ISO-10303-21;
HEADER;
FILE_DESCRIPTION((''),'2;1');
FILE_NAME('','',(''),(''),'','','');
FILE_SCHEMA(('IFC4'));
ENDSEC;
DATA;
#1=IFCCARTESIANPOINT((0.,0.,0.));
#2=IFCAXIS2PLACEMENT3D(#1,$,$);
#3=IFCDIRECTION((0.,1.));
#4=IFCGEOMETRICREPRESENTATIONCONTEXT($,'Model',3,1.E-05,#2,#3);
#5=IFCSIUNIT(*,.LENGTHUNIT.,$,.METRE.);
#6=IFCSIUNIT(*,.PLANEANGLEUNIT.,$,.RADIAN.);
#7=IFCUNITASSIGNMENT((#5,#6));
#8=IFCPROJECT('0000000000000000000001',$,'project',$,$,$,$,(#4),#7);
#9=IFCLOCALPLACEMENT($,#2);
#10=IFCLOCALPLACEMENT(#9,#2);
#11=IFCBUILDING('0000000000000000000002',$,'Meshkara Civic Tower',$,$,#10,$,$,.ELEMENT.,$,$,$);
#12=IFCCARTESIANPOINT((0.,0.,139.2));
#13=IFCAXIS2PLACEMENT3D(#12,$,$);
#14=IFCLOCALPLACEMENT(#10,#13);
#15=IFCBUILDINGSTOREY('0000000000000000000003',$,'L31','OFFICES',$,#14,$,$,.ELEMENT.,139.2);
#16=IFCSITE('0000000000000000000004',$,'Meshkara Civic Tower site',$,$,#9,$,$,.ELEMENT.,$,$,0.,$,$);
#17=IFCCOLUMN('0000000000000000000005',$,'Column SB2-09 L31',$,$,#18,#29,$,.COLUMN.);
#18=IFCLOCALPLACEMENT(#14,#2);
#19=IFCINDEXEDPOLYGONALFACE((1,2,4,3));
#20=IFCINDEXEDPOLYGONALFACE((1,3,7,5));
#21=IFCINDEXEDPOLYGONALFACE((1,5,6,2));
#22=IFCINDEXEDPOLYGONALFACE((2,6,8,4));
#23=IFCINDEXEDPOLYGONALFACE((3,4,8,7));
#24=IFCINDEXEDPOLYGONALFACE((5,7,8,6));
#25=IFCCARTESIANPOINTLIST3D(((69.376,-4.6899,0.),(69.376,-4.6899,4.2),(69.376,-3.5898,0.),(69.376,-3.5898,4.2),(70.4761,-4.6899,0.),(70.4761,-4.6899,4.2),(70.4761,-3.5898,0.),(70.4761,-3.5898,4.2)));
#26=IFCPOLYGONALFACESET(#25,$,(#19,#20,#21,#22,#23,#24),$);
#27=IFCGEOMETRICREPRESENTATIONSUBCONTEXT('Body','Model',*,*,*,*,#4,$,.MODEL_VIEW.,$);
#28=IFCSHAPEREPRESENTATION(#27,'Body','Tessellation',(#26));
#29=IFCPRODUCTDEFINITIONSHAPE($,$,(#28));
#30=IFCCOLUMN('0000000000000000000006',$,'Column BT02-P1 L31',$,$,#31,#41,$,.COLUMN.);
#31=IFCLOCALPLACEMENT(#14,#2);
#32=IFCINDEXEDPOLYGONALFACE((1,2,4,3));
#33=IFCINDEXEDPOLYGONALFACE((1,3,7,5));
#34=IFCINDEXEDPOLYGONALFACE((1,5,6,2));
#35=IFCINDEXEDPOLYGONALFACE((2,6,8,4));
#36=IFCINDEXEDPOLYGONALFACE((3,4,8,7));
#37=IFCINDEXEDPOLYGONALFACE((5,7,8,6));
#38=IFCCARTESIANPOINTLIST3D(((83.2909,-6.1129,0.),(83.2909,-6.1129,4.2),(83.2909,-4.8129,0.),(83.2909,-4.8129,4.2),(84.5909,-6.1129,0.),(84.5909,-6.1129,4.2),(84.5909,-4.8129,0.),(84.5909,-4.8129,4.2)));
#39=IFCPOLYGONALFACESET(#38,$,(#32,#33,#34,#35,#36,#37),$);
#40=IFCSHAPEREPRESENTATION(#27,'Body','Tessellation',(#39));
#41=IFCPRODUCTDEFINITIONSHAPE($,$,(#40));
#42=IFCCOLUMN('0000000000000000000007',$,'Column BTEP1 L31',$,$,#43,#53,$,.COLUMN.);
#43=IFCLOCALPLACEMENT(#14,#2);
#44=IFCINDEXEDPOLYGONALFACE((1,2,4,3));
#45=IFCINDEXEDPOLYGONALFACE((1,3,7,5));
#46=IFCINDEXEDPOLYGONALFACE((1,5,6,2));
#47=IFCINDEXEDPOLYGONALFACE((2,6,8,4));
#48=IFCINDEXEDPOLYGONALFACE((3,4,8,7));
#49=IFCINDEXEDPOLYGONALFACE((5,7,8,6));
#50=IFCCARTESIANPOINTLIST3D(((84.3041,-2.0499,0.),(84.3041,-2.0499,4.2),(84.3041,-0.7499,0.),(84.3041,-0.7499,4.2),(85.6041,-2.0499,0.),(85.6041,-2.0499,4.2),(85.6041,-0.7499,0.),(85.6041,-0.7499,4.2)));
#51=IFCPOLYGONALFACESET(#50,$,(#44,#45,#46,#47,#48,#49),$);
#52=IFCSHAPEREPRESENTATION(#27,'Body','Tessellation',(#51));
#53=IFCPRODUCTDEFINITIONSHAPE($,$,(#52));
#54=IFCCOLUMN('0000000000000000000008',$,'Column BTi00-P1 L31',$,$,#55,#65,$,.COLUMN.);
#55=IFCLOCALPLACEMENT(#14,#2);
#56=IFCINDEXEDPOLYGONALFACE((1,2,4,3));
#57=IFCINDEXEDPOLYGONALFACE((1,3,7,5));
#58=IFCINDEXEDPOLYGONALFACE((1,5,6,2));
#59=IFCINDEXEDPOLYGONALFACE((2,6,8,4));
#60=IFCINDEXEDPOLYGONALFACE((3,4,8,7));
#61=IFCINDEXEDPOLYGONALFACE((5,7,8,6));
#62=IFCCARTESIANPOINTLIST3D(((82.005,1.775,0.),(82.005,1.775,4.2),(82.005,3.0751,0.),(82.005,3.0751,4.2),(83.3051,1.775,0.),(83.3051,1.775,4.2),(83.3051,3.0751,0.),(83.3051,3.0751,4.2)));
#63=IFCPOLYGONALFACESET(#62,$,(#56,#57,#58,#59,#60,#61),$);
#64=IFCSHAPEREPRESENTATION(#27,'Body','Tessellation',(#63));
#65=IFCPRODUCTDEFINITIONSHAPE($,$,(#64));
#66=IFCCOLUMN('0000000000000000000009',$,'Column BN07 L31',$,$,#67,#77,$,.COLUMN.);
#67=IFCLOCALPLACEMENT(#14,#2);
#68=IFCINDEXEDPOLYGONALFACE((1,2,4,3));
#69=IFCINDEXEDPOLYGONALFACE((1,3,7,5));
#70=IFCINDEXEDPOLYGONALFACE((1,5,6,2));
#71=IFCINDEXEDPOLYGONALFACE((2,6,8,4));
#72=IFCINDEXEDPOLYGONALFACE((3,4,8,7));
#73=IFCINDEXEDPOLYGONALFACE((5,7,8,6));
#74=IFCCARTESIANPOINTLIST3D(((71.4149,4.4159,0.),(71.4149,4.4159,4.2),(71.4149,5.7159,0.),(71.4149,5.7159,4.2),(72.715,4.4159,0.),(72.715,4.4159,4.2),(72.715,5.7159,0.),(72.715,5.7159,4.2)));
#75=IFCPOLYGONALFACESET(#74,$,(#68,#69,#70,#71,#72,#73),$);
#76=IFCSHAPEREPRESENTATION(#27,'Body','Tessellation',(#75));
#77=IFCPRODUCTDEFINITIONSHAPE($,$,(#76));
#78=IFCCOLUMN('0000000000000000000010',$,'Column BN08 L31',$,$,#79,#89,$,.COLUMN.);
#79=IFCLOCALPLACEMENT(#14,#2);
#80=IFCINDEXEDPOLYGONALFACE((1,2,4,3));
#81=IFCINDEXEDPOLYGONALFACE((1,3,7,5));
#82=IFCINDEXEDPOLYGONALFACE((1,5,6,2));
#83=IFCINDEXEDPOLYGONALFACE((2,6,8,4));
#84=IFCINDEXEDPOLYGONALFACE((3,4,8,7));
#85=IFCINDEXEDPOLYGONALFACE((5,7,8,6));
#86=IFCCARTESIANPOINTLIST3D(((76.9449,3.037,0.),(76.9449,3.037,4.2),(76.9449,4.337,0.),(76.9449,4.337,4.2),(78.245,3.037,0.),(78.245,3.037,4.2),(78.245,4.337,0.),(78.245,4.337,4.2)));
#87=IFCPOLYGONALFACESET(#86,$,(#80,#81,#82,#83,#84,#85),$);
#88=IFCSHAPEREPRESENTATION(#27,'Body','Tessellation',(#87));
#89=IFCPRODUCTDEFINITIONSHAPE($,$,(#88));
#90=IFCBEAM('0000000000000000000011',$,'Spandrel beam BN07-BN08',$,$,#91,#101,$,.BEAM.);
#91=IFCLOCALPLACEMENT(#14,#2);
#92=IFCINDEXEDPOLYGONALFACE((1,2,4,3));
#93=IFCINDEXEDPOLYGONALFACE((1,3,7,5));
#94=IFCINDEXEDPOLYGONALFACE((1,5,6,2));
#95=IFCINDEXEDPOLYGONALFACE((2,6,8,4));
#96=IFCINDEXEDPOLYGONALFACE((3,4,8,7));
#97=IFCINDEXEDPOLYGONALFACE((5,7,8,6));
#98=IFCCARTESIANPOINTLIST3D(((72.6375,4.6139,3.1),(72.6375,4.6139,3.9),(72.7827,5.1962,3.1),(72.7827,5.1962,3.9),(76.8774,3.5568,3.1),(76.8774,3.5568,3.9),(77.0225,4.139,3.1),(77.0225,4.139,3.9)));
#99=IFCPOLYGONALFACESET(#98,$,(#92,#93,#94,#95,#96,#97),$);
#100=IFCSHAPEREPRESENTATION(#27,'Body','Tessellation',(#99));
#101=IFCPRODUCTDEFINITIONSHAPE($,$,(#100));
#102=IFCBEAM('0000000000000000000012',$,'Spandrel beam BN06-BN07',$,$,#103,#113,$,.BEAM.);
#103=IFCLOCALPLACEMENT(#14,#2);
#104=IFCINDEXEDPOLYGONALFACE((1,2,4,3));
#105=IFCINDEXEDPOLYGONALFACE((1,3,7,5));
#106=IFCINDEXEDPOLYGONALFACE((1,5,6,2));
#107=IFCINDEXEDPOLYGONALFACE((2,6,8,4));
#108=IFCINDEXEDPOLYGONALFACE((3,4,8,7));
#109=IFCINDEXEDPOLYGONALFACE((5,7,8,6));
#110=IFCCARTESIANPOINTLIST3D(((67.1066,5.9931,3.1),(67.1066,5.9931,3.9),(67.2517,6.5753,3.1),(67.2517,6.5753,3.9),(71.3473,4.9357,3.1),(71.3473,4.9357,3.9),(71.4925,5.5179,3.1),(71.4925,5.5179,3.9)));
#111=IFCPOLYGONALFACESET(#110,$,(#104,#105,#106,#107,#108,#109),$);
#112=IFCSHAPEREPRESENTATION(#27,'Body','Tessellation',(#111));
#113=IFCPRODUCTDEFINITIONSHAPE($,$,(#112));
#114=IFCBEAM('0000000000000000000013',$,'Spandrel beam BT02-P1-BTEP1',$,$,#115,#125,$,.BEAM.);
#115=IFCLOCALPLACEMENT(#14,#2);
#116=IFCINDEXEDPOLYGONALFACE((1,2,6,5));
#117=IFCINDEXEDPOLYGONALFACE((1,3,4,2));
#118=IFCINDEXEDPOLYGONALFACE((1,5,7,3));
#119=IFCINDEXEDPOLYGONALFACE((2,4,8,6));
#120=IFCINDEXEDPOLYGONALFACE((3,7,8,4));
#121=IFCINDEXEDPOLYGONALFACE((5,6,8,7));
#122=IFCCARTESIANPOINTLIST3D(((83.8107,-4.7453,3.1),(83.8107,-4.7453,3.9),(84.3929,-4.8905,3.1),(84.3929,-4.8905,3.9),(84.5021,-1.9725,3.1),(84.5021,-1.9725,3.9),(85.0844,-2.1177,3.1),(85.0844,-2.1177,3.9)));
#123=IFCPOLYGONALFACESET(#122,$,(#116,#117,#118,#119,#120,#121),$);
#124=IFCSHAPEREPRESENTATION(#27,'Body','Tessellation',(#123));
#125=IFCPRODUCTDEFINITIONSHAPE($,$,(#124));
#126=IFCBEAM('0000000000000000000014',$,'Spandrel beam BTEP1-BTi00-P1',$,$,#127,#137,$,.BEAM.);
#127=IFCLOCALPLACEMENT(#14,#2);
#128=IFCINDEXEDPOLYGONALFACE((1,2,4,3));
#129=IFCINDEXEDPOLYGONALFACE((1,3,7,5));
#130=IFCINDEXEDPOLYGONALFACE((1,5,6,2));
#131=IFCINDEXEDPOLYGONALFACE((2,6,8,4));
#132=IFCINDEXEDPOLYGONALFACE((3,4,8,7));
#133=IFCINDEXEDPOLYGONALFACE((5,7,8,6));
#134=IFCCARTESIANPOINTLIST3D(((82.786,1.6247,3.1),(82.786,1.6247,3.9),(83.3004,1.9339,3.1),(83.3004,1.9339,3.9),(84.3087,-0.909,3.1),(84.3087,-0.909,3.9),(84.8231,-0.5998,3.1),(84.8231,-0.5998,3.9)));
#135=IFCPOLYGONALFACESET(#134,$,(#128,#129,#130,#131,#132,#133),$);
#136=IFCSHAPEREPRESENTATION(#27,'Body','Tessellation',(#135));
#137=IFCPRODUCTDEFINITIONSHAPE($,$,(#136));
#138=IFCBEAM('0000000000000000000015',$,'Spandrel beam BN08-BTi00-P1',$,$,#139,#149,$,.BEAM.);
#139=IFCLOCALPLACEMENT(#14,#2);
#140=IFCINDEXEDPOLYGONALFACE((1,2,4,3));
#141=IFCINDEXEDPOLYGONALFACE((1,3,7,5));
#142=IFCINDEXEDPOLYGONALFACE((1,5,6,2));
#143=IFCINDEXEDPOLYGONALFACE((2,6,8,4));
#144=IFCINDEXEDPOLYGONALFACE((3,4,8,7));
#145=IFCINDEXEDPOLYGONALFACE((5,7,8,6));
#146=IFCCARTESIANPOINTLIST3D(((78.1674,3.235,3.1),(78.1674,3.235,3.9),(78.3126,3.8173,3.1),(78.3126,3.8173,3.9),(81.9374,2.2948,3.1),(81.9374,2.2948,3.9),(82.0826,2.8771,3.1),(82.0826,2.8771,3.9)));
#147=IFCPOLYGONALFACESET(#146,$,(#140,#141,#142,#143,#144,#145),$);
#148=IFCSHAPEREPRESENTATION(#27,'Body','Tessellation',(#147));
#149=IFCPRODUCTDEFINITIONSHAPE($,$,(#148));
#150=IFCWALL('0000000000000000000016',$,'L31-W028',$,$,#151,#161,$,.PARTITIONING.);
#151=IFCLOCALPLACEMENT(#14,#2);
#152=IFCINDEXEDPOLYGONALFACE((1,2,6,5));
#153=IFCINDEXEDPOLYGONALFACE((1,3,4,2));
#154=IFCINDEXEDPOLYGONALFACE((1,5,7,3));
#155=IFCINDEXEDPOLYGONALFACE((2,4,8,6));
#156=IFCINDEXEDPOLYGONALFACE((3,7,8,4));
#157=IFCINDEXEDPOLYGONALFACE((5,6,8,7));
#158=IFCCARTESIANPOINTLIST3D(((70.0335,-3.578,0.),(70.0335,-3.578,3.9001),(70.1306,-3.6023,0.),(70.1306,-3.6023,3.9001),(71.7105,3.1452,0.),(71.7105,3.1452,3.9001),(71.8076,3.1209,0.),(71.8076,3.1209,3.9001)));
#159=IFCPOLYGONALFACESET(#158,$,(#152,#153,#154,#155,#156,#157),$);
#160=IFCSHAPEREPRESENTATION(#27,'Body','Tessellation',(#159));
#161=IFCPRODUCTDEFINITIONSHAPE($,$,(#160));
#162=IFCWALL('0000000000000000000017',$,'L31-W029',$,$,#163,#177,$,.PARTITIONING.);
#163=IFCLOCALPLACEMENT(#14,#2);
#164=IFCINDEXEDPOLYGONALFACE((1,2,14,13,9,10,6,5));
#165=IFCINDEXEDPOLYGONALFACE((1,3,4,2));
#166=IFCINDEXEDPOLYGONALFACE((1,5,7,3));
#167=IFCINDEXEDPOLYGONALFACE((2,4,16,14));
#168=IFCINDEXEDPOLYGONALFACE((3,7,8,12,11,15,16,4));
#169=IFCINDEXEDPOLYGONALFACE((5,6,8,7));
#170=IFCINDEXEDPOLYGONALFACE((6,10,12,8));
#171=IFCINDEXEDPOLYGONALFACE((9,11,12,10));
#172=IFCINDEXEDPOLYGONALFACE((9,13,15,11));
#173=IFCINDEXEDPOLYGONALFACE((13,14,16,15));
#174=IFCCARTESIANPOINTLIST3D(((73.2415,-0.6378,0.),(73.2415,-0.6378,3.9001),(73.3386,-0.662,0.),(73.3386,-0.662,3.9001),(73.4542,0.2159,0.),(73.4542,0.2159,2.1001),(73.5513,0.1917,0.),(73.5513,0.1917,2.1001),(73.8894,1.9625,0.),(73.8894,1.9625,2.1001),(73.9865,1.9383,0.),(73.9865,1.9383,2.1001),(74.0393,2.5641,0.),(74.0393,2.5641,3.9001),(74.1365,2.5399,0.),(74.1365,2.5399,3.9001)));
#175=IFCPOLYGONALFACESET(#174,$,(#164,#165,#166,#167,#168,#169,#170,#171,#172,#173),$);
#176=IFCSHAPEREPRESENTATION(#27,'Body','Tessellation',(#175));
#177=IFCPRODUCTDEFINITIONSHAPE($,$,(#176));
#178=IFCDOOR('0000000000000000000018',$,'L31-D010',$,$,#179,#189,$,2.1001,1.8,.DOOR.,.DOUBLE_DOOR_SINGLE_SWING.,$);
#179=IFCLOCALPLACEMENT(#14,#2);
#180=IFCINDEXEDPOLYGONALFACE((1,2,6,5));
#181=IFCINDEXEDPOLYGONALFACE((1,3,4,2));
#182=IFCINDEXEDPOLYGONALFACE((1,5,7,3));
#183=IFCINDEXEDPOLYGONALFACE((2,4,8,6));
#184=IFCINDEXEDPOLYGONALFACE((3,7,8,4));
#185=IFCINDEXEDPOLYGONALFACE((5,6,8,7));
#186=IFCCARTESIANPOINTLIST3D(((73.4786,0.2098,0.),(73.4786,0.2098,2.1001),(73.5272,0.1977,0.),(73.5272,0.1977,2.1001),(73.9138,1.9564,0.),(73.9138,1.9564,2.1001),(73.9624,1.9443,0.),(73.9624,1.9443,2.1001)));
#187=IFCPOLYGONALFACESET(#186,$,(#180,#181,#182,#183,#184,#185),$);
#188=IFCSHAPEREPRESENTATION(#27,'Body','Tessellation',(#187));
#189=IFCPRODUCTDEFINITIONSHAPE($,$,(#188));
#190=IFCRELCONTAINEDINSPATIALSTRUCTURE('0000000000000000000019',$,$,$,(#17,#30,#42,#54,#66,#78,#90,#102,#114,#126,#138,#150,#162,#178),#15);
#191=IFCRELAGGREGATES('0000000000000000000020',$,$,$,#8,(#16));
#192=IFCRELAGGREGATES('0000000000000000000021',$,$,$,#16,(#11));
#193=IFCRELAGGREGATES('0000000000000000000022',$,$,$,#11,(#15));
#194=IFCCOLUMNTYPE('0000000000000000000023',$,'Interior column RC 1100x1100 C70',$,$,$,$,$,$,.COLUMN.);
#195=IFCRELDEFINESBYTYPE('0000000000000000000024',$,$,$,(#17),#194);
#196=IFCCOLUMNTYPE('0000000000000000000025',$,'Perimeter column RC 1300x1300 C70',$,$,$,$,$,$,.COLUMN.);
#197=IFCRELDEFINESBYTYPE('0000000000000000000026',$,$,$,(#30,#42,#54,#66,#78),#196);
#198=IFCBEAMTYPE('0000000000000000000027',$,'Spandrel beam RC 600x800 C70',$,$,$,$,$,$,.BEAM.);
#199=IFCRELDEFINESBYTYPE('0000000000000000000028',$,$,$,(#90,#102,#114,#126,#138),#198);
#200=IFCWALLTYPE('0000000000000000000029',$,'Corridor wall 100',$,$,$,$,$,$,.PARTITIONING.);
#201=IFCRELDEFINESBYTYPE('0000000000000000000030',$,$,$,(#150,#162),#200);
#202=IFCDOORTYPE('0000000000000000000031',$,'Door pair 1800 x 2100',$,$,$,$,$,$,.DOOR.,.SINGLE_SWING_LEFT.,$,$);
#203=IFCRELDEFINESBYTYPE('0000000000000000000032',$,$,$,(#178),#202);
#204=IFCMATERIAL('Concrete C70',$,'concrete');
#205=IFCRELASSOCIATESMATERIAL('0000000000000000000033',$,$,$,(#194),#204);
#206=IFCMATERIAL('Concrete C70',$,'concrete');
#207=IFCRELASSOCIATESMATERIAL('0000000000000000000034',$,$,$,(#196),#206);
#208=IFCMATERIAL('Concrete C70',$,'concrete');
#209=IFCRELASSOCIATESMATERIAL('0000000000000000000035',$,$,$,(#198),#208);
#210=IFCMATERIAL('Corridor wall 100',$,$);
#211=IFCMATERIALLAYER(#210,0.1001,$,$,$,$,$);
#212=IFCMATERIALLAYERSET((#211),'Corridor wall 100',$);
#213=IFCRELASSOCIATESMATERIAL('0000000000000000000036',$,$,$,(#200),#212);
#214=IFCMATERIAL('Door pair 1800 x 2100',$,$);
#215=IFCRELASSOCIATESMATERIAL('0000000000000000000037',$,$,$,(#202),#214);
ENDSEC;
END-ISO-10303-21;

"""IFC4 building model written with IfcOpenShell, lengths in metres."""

from ifc_helpers import new_model, si_unit, direction, frame, frame_2d, origin, origin_2d, place, context, subcontext, project, spatial, rectangle, extrude, material, layer, layer_set, material_profile, profile_set, type_object, element, fill, save


model = new_model("IFC4")

# Units and contexts
model_context = context("Model", 3, precision=1e-05, world=origin(), true_north=direction((0.0, 1.0)))
body_context = subcontext(model_context, "Body", "Model", "MODEL_VIEW")
ifc_project = project(units=[si_unit("LENGTHUNIT", "METRE"), si_unit("PLANEANGLEUNIT", "RADIAN")], contexts=[model_context])

# Site, building, storey
site_placement = place(None, origin())
site = spatial("IfcSite", under=ifc_project, at=site_placement, Name="Meshkara Civic Tower site", CompositionType="ELEMENT", RefElevation=0.0)
building_placement = place(site_placement, origin())
building = spatial("IfcBuilding", under=site, at=building_placement, Name="Meshkara Civic Tower", CompositionType="ELEMENT")
storey_placement = place(building_placement, frame((0.0, 0.0, 139.2)))
storey = spatial("IfcBuildingStorey", under=building, at=storey_placement, Name="L31", Description="OFFICES", CompositionType="ELEMENT", Elevation=139.2)

# Columns
ifc_material_1 = material(Name="Concrete C70", Category="concrete")
ifc_material_profile_1 = material_profile(ifc_material_1, rectangle(XDim=1.1001, YDim=1.1001, at=origin_2d()))
ifc_profile_set_1 = profile_set([ifc_material_profile_1], Name="Concrete C70")
column_type_1 = type_object("IfcColumnType", Name="Interior column RC 1100x1100 C70", PredefinedType="COLUMN", material=ifc_profile_set_1)
column_placement = place(storey_placement, frame((69.926, -4.1399, 0.0), z_axis=(0.0, 0.0, 1.0), x_axis=(1.0, 0.0, 0.0)))
element("IfcColumn", 1, at=column_placement, inside=storey, type_object=column_type_1, Name="Column SB2-09 L31", PredefinedType="COLUMN", context=body_context, shape_type="SweptSolid", body=[
    extrude(rectangle(XDim=1.1001, YDim=1.1001, at=origin_2d()), origin(), (0.0, 0.0, 1.0), 4.2),
])
ifc_material_2 = material(Name="Concrete C70", Category="concrete")
ifc_material_profile_2 = material_profile(ifc_material_2, rectangle(XDim=1.3, YDim=1.3, at=origin_2d()))
ifc_profile_set_2 = profile_set([ifc_material_profile_2], Name="Concrete C70")
column_type_2 = type_object("IfcColumnType", Name="Perimeter column RC 1300x1300 C70", PredefinedType="COLUMN", material=ifc_profile_set_2)
for number, where, z_axis, x_axis, name in (
    (2, (83.9409, -5.4629, 0.0), (0.0, 0.0, 1.0), (1.0, 0.0, 0.0), "Column BT02-P1 L31"),
    (3, (84.9541, -1.3999, 0.0), (0.0, 0.0, 1.0), (1.0, 0.0, 0.0), "Column BTEP1 L31"),
    (4, (82.655, 2.425, 0.0), (0.0, 0.0, 1.0), (1.0, 0.0, 0.0), "Column BTi00-P1 L31"),
    (5, (72.0649, 5.0659, 0.0), (0.0, 0.0, 1.0), (1.0, 0.0, 0.0), "Column BN07 L31"),
    (6, (77.595, 3.687, 0.0), (0.0, 0.0, 1.0), (1.0, 0.0, 0.0), "Column BN08 L31"),
):
    element("IfcColumn", number, at=place(storey_placement, frame(where, z_axis=z_axis, x_axis=x_axis)), inside=storey, type_object=column_type_2, Name=name, PredefinedType="COLUMN", context=body_context, shape_type="SweptSolid", body=[
        extrude(rectangle(XDim=1.3, YDim=1.3, at=origin_2d()), origin(), (0.0, 0.0, 1.0), 4.2),
    ])

# Beams
ifc_material_3 = material(Name="Concrete C70", Category="concrete")
ifc_material_profile_3 = material_profile(ifc_material_3, rectangle(XDim=0.6001, YDim=0.8, at=origin_2d()))
ifc_profile_set_3 = profile_set([ifc_material_profile_3], Name="Concrete C70")
beam_type = type_object("IfcBeamType", Name="Spandrel beam RC 600x800 C70", PredefinedType="BEAM", material=ifc_profile_set_3)
beam_1_placement = place(storey_placement, frame((76.95, 3.8479, 3.5), z_axis=(-0.970293, 0.241931, 0.0), x_axis=(-0.241931, -0.970293, 0.0)))
element("IfcBeam", 7, at=beam_1_placement, inside=storey, type_object=beam_type, Name="Spandrel beam BN07-BN08", PredefinedType="BEAM", context=body_context, shape_type="SweptSolid", body=[
    extrude(rectangle(XDim=0.6001, YDim=0.8, at=origin_2d()), origin(), (0.0, 0.0, 1.0), 4.3696),
])
beam_2_placement = place(storey_placement, frame((71.4199, 5.2268, 3.5), z_axis=(-0.970293, 0.241931, 0.0), x_axis=(-0.241931, -0.970293, 0.0)))
element("IfcBeam", 8, at=beam_2_placement, inside=storey, type_object=beam_type, Name="Spandrel beam BN06-BN07", PredefinedType="BEAM", context=body_context, shape_type="SweptSolid", body=[
    extrude(rectangle(XDim=0.6001, YDim=0.8, at=origin_2d()), origin(), (0.0, 0.0, 1.0), 4.3706),
])
beam_3_placement = place(storey_placement, frame((84.1018, -4.8179, 3.5), z_axis=(0.241953, 0.970288, 0.0), x_axis=(-0.970288, 0.241953, 0.0)))
element("IfcBeam", 9, at=beam_3_placement, inside=storey, type_object=beam_type, Name="Spandrel beam BT02-P1-BTEP1", PredefinedType="BEAM", context=body_context, shape_type="SweptSolid", body=[
    extrude(rectangle(XDim=0.6001, YDim=0.8, at=origin_2d()), origin(), (0.0, 0.0, 1.0), 2.8577),
])
beam_4_placement = place(storey_placement, frame((84.5659, -0.7544, 3.5), z_axis=(-0.515115, 0.857121, 0.0), x_axis=(-0.857121, -0.515115, 0.0)))
element("IfcBeam", 10, at=beam_4_placement, inside=storey, type_object=beam_type, Name="Spandrel beam BTEP1-BTi00-P1", PredefinedType="BEAM", context=body_context, shape_type="SweptSolid", body=[
    extrude(rectangle(XDim=0.6001, YDim=0.8, at=origin_2d()), origin(), (0.0, 0.0, 1.0), 2.9561),
])
beam_5_placement = place(storey_placement, frame((82.01, 2.5859, 3.5), z_axis=(-0.970283, 0.241974, 0.0), x_axis=(-0.241974, -0.970283, 0.0)))
element("IfcBeam", 11, at=beam_5_placement, inside=storey, type_object=beam_type, Name="Spandrel beam BN08-BTi00-P1", PredefinedType="BEAM", context=body_context, shape_type="SweptSolid", body=[
    extrude(rectangle(XDim=0.6001, YDim=0.8, at=origin_2d()), origin(), (0.0, 0.0, 1.0), 3.8855),
])

# Wall
ifc_material_4 = material(Name="Corridor wall 100")
ifc_layer_1 = layer(ifc_material_4, 0.1001)
ifc_layer_set_1 = layer_set([ifc_layer_1], Name="Corridor wall 100")
wall_type_1 = type_object("IfcWallType", Name="Corridor wall 100", PredefinedType="PARTITIONING", material=ifc_layer_set_1)
wall_1_placement = place(storey_placement, frame((71.759, 3.1331, 0.0), z_axis=(0.0, 0.0, 1.0), x_axis=(-0.242022, -0.970271, 0.0)))
element("IfcWall", 12, at=wall_1_placement, inside=storey, type_object=wall_type_1, Name="L31-W028", PredefinedType="PARTITIONING", context=body_context, shape_type="SweptSolid", body=[
    extrude(rectangle(XDim=6.9292, YDim=0.1001, at=frame_2d((3.4646, 0.0))), origin(), (0.0, 0.0, 1.0), 3.9001),
])

# Wall, opening, door
wall_2_placement = place(storey_placement, frame((73.29, -0.6499, 0.0), z_axis=(0.0, 0.0, 1.0), x_axis=(0.241787, 0.970329, 0.0)))
wall_2 = element("IfcWall", 13, at=wall_2_placement, inside=storey, type_object=wall_type_1, Name="L31-W029", PredefinedType="PARTITIONING", context=body_context, shape_type="SweptSolid", body=[
    extrude(rectangle(XDim=3.2998, YDim=0.1001, at=frame_2d((1.6499, 0.0))), origin(), (0.0, 0.0, 1.0), 3.9001),
])
opening_1_placement = place(wall_2_placement, frame((0.8799, 0.0, 0.0)))
opening_1 = element("IfcOpeningElement", 14, at=opening_1_placement, cuts=wall_2, PredefinedType="OPENING", context=body_context, shape_type="SweptSolid", body=[
    extrude(rectangle(XDim=1.8, YDim=2.1001, at=frame_2d((0.8999, 1.05))), frame((0.0, 0.0601, 0.0), z_axis=(0.0, -1.0, 0.0), x_axis=(1.0, 0.0, 0.0)), (0.0, 0.0, 1.0), 0.1201),
])
ifc_material_5 = material(Name="Door pair 1800 x 2100")
door_type = type_object("IfcDoorType", Name="Door pair 1800 x 2100", OperationType="SINGLE_SWING_LEFT", PredefinedType="DOOR", material=ifc_material_5)
door_placement = place(opening_1_placement, origin())
door = element("IfcDoor", 15, at=door_placement, inside=storey, type_object=door_type, Name="L31-D010", OperationType="DOUBLE_DOOR_SINGLE_SWING", OverallHeight=2.1001, OverallWidth=1.8, PredefinedType="DOOR", context=body_context, shape_type="SweptSolid", body=[
    extrude(rectangle(XDim=1.8, YDim=2.1001, at=frame_2d((0.8999, 1.05))), frame((0.0, 0.0249, 0.0), z_axis=(0.0, -1.0, 0.0), x_axis=(1.0, 0.0, 0.0)), (0.0, 0.0, 1.0), 0.05),
])
fill(opening_1, door)

save(model, "model.ifc")
